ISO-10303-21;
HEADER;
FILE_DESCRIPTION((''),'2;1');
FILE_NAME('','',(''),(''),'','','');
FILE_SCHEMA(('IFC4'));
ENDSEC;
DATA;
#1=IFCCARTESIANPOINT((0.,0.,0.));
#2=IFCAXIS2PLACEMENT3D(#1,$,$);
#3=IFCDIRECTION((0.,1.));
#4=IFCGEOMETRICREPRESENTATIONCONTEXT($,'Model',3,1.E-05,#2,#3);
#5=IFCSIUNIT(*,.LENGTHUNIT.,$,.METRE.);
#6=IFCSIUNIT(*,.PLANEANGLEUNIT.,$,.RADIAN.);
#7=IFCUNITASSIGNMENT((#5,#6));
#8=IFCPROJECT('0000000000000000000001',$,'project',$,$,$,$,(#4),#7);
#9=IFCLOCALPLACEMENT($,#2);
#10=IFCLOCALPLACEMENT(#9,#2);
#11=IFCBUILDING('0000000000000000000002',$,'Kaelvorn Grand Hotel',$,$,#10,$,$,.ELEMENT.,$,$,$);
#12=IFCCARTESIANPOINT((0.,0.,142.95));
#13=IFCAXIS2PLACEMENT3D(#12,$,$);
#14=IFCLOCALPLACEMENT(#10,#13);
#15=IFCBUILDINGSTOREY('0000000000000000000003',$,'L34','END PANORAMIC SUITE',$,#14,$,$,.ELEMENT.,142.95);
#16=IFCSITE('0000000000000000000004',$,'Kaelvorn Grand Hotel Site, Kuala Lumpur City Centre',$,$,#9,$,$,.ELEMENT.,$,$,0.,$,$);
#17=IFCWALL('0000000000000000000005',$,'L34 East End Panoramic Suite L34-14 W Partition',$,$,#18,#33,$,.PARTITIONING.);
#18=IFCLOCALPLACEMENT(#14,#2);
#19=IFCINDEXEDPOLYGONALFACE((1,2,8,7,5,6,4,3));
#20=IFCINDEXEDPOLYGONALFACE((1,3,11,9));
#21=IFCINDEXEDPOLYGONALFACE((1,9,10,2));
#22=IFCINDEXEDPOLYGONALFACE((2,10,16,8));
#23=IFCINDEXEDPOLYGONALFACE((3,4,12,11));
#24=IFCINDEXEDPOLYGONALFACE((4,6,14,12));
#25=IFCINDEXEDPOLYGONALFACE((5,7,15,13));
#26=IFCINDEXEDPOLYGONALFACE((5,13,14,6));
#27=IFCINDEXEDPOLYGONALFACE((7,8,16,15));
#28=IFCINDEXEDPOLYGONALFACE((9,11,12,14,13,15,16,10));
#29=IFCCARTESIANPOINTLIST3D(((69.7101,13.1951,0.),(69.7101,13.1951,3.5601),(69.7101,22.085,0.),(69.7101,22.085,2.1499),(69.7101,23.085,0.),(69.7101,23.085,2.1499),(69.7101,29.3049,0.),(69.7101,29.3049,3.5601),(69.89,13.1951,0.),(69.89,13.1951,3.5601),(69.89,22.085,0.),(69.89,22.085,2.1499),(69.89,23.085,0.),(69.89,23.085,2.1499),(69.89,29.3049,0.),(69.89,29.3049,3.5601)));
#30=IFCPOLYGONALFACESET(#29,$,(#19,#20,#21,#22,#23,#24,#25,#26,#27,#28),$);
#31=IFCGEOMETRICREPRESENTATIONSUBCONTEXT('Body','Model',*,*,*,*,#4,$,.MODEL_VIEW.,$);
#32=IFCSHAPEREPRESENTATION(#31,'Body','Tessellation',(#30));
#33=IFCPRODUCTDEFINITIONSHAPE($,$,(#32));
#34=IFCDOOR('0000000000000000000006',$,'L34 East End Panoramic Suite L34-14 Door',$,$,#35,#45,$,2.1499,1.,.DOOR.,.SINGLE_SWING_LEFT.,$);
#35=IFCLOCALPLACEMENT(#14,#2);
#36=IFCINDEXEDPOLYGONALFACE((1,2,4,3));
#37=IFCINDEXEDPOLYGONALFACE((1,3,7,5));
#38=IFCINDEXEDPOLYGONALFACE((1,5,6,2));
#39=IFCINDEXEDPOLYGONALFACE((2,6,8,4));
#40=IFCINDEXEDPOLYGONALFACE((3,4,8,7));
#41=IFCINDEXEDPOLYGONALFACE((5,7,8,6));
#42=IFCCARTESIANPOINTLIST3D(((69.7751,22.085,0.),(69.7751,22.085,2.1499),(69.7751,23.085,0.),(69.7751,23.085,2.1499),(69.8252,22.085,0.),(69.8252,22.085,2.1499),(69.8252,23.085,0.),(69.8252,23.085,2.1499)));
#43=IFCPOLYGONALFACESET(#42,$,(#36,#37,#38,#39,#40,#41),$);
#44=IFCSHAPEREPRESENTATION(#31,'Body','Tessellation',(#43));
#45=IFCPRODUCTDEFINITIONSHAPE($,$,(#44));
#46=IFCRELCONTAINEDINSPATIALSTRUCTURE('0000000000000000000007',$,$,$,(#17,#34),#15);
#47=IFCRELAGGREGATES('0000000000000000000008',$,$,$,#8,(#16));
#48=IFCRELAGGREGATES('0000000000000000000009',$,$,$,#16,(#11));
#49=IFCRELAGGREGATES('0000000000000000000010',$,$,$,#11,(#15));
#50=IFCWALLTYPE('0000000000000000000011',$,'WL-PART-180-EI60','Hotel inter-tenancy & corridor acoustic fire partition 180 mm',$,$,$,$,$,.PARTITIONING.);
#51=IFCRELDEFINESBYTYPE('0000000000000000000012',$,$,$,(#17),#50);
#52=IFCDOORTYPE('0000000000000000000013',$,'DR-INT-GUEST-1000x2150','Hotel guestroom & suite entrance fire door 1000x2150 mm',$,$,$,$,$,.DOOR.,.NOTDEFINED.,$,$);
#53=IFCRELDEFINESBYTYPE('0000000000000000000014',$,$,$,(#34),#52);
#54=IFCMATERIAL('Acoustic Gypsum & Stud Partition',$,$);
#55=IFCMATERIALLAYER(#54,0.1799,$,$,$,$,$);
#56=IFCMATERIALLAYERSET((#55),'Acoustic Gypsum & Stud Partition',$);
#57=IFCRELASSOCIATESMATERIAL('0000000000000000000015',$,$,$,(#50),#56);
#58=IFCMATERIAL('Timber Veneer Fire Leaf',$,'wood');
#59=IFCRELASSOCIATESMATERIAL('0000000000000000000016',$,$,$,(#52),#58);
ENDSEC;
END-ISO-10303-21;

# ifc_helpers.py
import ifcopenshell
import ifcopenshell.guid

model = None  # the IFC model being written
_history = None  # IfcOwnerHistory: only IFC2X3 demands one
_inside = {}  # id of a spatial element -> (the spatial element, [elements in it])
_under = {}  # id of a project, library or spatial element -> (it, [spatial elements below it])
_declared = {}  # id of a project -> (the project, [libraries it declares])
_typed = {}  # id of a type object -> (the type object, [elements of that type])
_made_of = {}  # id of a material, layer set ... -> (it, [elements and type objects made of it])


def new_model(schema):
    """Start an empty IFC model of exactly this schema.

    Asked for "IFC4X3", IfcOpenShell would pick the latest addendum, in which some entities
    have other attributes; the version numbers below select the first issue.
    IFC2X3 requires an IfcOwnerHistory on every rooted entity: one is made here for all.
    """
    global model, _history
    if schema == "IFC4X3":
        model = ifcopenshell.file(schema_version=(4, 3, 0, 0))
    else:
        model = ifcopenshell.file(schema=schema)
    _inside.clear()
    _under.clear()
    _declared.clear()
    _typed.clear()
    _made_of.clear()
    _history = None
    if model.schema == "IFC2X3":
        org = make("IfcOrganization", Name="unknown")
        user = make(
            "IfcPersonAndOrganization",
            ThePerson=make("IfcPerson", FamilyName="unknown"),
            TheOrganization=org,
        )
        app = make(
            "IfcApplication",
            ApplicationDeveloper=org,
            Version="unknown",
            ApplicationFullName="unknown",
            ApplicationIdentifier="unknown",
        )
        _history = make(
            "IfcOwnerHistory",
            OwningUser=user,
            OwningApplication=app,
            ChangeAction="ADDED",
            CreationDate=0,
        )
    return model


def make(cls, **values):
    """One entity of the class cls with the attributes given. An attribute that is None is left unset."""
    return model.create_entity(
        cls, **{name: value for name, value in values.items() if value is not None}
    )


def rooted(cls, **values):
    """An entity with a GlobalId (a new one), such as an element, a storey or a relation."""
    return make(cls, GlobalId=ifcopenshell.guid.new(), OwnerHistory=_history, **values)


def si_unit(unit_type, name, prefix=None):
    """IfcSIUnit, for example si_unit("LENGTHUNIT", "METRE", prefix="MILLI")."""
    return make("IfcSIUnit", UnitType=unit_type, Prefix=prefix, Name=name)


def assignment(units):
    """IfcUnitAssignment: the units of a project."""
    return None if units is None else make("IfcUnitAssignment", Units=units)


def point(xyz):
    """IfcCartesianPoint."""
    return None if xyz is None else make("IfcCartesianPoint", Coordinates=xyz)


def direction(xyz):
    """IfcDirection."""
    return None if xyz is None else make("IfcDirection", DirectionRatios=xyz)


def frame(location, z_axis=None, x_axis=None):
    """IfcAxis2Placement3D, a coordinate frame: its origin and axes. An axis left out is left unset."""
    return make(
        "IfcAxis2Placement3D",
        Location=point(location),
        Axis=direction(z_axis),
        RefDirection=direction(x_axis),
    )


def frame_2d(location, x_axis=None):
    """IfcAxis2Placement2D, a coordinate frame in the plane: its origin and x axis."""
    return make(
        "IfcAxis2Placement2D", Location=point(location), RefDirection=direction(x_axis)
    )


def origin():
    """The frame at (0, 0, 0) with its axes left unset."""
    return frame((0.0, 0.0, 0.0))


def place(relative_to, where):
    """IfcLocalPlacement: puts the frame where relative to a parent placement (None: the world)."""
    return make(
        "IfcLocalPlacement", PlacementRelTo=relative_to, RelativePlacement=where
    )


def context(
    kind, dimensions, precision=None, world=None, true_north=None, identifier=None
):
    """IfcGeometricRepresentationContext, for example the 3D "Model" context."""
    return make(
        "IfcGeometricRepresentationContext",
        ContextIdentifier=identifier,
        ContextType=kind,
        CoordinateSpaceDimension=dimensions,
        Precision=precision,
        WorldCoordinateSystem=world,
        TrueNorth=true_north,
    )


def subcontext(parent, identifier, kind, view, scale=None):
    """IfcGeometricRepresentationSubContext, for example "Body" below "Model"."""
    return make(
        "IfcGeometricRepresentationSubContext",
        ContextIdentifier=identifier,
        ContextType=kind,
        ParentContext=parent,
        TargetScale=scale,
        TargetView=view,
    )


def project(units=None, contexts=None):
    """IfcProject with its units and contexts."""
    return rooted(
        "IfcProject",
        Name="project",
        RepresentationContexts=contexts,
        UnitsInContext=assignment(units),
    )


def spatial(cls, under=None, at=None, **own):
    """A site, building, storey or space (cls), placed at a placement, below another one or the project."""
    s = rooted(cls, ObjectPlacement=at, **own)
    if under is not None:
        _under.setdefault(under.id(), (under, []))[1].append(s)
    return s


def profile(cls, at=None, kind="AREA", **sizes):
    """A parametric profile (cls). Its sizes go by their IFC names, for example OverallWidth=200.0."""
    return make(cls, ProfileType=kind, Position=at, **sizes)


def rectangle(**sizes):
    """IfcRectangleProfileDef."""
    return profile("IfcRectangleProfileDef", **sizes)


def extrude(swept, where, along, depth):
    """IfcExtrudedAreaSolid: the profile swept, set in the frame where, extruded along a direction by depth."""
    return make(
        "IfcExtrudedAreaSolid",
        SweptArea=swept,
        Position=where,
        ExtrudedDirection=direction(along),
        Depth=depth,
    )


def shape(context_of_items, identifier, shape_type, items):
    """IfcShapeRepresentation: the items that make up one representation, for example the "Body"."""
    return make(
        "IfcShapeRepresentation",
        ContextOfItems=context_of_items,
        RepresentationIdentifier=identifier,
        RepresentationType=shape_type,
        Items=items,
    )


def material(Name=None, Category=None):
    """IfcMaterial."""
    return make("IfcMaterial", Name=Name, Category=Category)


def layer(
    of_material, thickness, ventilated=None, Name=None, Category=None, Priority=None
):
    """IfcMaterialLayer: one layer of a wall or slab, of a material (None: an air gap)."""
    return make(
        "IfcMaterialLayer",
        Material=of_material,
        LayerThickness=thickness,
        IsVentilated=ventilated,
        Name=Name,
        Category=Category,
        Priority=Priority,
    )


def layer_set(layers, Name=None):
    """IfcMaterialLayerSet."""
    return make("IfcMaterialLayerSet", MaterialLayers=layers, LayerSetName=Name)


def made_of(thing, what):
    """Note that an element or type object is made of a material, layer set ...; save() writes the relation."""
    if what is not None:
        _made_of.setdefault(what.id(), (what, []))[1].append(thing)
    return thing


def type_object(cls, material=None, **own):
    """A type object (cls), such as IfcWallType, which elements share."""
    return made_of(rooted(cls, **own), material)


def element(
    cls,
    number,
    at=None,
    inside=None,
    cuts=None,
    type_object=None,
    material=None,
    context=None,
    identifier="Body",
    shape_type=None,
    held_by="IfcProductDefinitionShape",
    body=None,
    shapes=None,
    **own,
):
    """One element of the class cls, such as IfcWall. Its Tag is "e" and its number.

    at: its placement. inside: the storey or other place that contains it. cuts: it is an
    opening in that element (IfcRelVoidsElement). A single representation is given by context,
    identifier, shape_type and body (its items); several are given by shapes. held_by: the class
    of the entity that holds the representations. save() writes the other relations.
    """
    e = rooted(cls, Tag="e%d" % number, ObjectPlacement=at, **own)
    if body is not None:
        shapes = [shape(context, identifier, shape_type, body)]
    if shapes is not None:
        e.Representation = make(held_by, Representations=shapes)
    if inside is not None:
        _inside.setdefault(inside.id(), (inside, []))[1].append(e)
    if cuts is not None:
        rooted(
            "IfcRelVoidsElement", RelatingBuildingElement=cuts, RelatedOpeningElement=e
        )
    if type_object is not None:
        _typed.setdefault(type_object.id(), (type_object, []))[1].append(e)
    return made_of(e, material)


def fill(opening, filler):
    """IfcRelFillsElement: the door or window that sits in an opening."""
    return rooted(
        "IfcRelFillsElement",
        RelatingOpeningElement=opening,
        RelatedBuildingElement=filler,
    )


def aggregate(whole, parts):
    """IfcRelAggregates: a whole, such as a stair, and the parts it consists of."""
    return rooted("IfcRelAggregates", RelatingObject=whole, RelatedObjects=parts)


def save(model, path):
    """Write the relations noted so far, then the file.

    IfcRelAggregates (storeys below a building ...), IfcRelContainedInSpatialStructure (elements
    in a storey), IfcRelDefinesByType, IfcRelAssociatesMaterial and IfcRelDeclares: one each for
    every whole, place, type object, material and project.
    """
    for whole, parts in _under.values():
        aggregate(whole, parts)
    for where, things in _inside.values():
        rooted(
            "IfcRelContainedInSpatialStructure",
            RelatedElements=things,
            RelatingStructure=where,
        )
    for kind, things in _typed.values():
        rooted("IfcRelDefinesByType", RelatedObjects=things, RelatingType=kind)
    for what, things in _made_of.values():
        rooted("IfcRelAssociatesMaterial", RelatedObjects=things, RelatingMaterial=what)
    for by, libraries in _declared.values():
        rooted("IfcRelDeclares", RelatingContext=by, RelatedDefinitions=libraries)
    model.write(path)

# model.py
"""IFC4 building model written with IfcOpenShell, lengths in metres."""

from ifc_helpers import new_model, si_unit, direction, frame, frame_2d, origin, place, context, subcontext, project, spatial, rectangle, extrude, material, layer, layer_set, type_object, element, fill, save


model = new_model("IFC4")

# Units and contexts
model_context = context("Model", 3, precision=1e-05, world=origin(), true_north=direction((0.0, 1.0)))
body_context = subcontext(model_context, "Body", "Model", "MODEL_VIEW")
ifc_project = project(units=[si_unit("LENGTHUNIT", "METRE"), si_unit("PLANEANGLEUNIT", "RADIAN")], contexts=[model_context])

# Site, building, storey
site_placement = place(None, origin())
site = spatial("IfcSite", under=ifc_project, at=site_placement, Name="Kaelvorn Grand Hotel Site, Kuala Lumpur City Centre", CompositionType="ELEMENT", RefElevation=0.0)
building_placement = place(site_placement, origin())
building = spatial("IfcBuilding", under=site, at=building_placement, Name="Kaelvorn Grand Hotel", CompositionType="ELEMENT")
storey_placement = place(building_placement, frame((0.0, 0.0, 142.95)))
storey = spatial("IfcBuildingStorey", under=building, at=storey_placement, Name="L34", Description="END PANORAMIC SUITE", CompositionType="ELEMENT", Elevation=142.95)

# Shared definitions
ifc_material_1 = material(Name="Acoustic Gypsum & Stud Partition")
ifc_layer_1 = layer(ifc_material_1, 0.1799)
ifc_layer_set_1 = layer_set([ifc_layer_1], Name="Acoustic Gypsum & Stud Partition")
wall_type_1 = type_object("IfcWallType", Name="WL-PART-180-EI60", Description="Hotel inter-tenancy & corridor acoustic fire partition 180 mm", PredefinedType="PARTITIONING", material=ifc_layer_set_1)

# Wall, opening, door
wall_1_placement = place(storey_placement, frame((69.8, 13.1951, 0.0), z_axis=(0.0, 0.0, 1.0), x_axis=(0.0, 1.0, 0.0)))
wall_1 = element("IfcWall", 1, at=wall_1_placement, inside=storey, type_object=wall_type_1, Name="L34 East End Panoramic Suite L34-14 W Partition", PredefinedType="PARTITIONING", context=body_context, shape_type="SweptSolid", body=[
    extrude(rectangle(XDim=16.1099, YDim=0.1799, at=frame_2d((8.0549, 0.0))), origin(), (0.0, 0.0, 1.0), 3.5601),
])
opening_1_placement = place(wall_1_placement, frame((8.8899, 0.0, 0.0)))
opening_1 = element("IfcOpeningElement", 2, at=opening_1_placement, cuts=wall_1, PredefinedType="OPENING", context=body_context, shape_type="SweptSolid", body=[
    extrude(rectangle(XDim=1.0, YDim=2.1499, at=frame_2d((0.5, 1.075))), frame((0.0, 0.1001, 0.0), z_axis=(0.0, -1.0, 0.0), x_axis=(1.0, 0.0, 0.0)), (0.0, 0.0, 1.0), 0.2),
])
ifc_material_2 = material(Name="Timber Veneer Fire Leaf", Category="wood")
door_type_1 = type_object("IfcDoorType", Name="DR-INT-GUEST-1000x2150", Description="Hotel guestroom & suite entrance fire door 1000x2150 mm", OperationType="NOTDEFINED", PredefinedType="DOOR", material=ifc_material_2)
door_1_placement = place(opening_1_placement, origin())
door_1 = element("IfcDoor", 3, at=door_1_placement, inside=storey, type_object=door_type_1, Name="L34 East End Panoramic Suite L34-14 Door", OperationType="SINGLE_SWING_LEFT", OverallHeight=2.1499, OverallWidth=1.0, PredefinedType="DOOR", context=body_context, shape_type="SweptSolid", body=[
    extrude(rectangle(XDim=1.0, YDim=2.1499, at=frame_2d((0.5, 1.075))), frame((0.0, 0.0249, 0.0), z_axis=(0.0, -1.0, 0.0), x_axis=(1.0, 0.0, 0.0)), (0.0, 0.0, 1.0), 0.05),
])
fill(opening_1, door_1)

save(model, "model.ifc")
